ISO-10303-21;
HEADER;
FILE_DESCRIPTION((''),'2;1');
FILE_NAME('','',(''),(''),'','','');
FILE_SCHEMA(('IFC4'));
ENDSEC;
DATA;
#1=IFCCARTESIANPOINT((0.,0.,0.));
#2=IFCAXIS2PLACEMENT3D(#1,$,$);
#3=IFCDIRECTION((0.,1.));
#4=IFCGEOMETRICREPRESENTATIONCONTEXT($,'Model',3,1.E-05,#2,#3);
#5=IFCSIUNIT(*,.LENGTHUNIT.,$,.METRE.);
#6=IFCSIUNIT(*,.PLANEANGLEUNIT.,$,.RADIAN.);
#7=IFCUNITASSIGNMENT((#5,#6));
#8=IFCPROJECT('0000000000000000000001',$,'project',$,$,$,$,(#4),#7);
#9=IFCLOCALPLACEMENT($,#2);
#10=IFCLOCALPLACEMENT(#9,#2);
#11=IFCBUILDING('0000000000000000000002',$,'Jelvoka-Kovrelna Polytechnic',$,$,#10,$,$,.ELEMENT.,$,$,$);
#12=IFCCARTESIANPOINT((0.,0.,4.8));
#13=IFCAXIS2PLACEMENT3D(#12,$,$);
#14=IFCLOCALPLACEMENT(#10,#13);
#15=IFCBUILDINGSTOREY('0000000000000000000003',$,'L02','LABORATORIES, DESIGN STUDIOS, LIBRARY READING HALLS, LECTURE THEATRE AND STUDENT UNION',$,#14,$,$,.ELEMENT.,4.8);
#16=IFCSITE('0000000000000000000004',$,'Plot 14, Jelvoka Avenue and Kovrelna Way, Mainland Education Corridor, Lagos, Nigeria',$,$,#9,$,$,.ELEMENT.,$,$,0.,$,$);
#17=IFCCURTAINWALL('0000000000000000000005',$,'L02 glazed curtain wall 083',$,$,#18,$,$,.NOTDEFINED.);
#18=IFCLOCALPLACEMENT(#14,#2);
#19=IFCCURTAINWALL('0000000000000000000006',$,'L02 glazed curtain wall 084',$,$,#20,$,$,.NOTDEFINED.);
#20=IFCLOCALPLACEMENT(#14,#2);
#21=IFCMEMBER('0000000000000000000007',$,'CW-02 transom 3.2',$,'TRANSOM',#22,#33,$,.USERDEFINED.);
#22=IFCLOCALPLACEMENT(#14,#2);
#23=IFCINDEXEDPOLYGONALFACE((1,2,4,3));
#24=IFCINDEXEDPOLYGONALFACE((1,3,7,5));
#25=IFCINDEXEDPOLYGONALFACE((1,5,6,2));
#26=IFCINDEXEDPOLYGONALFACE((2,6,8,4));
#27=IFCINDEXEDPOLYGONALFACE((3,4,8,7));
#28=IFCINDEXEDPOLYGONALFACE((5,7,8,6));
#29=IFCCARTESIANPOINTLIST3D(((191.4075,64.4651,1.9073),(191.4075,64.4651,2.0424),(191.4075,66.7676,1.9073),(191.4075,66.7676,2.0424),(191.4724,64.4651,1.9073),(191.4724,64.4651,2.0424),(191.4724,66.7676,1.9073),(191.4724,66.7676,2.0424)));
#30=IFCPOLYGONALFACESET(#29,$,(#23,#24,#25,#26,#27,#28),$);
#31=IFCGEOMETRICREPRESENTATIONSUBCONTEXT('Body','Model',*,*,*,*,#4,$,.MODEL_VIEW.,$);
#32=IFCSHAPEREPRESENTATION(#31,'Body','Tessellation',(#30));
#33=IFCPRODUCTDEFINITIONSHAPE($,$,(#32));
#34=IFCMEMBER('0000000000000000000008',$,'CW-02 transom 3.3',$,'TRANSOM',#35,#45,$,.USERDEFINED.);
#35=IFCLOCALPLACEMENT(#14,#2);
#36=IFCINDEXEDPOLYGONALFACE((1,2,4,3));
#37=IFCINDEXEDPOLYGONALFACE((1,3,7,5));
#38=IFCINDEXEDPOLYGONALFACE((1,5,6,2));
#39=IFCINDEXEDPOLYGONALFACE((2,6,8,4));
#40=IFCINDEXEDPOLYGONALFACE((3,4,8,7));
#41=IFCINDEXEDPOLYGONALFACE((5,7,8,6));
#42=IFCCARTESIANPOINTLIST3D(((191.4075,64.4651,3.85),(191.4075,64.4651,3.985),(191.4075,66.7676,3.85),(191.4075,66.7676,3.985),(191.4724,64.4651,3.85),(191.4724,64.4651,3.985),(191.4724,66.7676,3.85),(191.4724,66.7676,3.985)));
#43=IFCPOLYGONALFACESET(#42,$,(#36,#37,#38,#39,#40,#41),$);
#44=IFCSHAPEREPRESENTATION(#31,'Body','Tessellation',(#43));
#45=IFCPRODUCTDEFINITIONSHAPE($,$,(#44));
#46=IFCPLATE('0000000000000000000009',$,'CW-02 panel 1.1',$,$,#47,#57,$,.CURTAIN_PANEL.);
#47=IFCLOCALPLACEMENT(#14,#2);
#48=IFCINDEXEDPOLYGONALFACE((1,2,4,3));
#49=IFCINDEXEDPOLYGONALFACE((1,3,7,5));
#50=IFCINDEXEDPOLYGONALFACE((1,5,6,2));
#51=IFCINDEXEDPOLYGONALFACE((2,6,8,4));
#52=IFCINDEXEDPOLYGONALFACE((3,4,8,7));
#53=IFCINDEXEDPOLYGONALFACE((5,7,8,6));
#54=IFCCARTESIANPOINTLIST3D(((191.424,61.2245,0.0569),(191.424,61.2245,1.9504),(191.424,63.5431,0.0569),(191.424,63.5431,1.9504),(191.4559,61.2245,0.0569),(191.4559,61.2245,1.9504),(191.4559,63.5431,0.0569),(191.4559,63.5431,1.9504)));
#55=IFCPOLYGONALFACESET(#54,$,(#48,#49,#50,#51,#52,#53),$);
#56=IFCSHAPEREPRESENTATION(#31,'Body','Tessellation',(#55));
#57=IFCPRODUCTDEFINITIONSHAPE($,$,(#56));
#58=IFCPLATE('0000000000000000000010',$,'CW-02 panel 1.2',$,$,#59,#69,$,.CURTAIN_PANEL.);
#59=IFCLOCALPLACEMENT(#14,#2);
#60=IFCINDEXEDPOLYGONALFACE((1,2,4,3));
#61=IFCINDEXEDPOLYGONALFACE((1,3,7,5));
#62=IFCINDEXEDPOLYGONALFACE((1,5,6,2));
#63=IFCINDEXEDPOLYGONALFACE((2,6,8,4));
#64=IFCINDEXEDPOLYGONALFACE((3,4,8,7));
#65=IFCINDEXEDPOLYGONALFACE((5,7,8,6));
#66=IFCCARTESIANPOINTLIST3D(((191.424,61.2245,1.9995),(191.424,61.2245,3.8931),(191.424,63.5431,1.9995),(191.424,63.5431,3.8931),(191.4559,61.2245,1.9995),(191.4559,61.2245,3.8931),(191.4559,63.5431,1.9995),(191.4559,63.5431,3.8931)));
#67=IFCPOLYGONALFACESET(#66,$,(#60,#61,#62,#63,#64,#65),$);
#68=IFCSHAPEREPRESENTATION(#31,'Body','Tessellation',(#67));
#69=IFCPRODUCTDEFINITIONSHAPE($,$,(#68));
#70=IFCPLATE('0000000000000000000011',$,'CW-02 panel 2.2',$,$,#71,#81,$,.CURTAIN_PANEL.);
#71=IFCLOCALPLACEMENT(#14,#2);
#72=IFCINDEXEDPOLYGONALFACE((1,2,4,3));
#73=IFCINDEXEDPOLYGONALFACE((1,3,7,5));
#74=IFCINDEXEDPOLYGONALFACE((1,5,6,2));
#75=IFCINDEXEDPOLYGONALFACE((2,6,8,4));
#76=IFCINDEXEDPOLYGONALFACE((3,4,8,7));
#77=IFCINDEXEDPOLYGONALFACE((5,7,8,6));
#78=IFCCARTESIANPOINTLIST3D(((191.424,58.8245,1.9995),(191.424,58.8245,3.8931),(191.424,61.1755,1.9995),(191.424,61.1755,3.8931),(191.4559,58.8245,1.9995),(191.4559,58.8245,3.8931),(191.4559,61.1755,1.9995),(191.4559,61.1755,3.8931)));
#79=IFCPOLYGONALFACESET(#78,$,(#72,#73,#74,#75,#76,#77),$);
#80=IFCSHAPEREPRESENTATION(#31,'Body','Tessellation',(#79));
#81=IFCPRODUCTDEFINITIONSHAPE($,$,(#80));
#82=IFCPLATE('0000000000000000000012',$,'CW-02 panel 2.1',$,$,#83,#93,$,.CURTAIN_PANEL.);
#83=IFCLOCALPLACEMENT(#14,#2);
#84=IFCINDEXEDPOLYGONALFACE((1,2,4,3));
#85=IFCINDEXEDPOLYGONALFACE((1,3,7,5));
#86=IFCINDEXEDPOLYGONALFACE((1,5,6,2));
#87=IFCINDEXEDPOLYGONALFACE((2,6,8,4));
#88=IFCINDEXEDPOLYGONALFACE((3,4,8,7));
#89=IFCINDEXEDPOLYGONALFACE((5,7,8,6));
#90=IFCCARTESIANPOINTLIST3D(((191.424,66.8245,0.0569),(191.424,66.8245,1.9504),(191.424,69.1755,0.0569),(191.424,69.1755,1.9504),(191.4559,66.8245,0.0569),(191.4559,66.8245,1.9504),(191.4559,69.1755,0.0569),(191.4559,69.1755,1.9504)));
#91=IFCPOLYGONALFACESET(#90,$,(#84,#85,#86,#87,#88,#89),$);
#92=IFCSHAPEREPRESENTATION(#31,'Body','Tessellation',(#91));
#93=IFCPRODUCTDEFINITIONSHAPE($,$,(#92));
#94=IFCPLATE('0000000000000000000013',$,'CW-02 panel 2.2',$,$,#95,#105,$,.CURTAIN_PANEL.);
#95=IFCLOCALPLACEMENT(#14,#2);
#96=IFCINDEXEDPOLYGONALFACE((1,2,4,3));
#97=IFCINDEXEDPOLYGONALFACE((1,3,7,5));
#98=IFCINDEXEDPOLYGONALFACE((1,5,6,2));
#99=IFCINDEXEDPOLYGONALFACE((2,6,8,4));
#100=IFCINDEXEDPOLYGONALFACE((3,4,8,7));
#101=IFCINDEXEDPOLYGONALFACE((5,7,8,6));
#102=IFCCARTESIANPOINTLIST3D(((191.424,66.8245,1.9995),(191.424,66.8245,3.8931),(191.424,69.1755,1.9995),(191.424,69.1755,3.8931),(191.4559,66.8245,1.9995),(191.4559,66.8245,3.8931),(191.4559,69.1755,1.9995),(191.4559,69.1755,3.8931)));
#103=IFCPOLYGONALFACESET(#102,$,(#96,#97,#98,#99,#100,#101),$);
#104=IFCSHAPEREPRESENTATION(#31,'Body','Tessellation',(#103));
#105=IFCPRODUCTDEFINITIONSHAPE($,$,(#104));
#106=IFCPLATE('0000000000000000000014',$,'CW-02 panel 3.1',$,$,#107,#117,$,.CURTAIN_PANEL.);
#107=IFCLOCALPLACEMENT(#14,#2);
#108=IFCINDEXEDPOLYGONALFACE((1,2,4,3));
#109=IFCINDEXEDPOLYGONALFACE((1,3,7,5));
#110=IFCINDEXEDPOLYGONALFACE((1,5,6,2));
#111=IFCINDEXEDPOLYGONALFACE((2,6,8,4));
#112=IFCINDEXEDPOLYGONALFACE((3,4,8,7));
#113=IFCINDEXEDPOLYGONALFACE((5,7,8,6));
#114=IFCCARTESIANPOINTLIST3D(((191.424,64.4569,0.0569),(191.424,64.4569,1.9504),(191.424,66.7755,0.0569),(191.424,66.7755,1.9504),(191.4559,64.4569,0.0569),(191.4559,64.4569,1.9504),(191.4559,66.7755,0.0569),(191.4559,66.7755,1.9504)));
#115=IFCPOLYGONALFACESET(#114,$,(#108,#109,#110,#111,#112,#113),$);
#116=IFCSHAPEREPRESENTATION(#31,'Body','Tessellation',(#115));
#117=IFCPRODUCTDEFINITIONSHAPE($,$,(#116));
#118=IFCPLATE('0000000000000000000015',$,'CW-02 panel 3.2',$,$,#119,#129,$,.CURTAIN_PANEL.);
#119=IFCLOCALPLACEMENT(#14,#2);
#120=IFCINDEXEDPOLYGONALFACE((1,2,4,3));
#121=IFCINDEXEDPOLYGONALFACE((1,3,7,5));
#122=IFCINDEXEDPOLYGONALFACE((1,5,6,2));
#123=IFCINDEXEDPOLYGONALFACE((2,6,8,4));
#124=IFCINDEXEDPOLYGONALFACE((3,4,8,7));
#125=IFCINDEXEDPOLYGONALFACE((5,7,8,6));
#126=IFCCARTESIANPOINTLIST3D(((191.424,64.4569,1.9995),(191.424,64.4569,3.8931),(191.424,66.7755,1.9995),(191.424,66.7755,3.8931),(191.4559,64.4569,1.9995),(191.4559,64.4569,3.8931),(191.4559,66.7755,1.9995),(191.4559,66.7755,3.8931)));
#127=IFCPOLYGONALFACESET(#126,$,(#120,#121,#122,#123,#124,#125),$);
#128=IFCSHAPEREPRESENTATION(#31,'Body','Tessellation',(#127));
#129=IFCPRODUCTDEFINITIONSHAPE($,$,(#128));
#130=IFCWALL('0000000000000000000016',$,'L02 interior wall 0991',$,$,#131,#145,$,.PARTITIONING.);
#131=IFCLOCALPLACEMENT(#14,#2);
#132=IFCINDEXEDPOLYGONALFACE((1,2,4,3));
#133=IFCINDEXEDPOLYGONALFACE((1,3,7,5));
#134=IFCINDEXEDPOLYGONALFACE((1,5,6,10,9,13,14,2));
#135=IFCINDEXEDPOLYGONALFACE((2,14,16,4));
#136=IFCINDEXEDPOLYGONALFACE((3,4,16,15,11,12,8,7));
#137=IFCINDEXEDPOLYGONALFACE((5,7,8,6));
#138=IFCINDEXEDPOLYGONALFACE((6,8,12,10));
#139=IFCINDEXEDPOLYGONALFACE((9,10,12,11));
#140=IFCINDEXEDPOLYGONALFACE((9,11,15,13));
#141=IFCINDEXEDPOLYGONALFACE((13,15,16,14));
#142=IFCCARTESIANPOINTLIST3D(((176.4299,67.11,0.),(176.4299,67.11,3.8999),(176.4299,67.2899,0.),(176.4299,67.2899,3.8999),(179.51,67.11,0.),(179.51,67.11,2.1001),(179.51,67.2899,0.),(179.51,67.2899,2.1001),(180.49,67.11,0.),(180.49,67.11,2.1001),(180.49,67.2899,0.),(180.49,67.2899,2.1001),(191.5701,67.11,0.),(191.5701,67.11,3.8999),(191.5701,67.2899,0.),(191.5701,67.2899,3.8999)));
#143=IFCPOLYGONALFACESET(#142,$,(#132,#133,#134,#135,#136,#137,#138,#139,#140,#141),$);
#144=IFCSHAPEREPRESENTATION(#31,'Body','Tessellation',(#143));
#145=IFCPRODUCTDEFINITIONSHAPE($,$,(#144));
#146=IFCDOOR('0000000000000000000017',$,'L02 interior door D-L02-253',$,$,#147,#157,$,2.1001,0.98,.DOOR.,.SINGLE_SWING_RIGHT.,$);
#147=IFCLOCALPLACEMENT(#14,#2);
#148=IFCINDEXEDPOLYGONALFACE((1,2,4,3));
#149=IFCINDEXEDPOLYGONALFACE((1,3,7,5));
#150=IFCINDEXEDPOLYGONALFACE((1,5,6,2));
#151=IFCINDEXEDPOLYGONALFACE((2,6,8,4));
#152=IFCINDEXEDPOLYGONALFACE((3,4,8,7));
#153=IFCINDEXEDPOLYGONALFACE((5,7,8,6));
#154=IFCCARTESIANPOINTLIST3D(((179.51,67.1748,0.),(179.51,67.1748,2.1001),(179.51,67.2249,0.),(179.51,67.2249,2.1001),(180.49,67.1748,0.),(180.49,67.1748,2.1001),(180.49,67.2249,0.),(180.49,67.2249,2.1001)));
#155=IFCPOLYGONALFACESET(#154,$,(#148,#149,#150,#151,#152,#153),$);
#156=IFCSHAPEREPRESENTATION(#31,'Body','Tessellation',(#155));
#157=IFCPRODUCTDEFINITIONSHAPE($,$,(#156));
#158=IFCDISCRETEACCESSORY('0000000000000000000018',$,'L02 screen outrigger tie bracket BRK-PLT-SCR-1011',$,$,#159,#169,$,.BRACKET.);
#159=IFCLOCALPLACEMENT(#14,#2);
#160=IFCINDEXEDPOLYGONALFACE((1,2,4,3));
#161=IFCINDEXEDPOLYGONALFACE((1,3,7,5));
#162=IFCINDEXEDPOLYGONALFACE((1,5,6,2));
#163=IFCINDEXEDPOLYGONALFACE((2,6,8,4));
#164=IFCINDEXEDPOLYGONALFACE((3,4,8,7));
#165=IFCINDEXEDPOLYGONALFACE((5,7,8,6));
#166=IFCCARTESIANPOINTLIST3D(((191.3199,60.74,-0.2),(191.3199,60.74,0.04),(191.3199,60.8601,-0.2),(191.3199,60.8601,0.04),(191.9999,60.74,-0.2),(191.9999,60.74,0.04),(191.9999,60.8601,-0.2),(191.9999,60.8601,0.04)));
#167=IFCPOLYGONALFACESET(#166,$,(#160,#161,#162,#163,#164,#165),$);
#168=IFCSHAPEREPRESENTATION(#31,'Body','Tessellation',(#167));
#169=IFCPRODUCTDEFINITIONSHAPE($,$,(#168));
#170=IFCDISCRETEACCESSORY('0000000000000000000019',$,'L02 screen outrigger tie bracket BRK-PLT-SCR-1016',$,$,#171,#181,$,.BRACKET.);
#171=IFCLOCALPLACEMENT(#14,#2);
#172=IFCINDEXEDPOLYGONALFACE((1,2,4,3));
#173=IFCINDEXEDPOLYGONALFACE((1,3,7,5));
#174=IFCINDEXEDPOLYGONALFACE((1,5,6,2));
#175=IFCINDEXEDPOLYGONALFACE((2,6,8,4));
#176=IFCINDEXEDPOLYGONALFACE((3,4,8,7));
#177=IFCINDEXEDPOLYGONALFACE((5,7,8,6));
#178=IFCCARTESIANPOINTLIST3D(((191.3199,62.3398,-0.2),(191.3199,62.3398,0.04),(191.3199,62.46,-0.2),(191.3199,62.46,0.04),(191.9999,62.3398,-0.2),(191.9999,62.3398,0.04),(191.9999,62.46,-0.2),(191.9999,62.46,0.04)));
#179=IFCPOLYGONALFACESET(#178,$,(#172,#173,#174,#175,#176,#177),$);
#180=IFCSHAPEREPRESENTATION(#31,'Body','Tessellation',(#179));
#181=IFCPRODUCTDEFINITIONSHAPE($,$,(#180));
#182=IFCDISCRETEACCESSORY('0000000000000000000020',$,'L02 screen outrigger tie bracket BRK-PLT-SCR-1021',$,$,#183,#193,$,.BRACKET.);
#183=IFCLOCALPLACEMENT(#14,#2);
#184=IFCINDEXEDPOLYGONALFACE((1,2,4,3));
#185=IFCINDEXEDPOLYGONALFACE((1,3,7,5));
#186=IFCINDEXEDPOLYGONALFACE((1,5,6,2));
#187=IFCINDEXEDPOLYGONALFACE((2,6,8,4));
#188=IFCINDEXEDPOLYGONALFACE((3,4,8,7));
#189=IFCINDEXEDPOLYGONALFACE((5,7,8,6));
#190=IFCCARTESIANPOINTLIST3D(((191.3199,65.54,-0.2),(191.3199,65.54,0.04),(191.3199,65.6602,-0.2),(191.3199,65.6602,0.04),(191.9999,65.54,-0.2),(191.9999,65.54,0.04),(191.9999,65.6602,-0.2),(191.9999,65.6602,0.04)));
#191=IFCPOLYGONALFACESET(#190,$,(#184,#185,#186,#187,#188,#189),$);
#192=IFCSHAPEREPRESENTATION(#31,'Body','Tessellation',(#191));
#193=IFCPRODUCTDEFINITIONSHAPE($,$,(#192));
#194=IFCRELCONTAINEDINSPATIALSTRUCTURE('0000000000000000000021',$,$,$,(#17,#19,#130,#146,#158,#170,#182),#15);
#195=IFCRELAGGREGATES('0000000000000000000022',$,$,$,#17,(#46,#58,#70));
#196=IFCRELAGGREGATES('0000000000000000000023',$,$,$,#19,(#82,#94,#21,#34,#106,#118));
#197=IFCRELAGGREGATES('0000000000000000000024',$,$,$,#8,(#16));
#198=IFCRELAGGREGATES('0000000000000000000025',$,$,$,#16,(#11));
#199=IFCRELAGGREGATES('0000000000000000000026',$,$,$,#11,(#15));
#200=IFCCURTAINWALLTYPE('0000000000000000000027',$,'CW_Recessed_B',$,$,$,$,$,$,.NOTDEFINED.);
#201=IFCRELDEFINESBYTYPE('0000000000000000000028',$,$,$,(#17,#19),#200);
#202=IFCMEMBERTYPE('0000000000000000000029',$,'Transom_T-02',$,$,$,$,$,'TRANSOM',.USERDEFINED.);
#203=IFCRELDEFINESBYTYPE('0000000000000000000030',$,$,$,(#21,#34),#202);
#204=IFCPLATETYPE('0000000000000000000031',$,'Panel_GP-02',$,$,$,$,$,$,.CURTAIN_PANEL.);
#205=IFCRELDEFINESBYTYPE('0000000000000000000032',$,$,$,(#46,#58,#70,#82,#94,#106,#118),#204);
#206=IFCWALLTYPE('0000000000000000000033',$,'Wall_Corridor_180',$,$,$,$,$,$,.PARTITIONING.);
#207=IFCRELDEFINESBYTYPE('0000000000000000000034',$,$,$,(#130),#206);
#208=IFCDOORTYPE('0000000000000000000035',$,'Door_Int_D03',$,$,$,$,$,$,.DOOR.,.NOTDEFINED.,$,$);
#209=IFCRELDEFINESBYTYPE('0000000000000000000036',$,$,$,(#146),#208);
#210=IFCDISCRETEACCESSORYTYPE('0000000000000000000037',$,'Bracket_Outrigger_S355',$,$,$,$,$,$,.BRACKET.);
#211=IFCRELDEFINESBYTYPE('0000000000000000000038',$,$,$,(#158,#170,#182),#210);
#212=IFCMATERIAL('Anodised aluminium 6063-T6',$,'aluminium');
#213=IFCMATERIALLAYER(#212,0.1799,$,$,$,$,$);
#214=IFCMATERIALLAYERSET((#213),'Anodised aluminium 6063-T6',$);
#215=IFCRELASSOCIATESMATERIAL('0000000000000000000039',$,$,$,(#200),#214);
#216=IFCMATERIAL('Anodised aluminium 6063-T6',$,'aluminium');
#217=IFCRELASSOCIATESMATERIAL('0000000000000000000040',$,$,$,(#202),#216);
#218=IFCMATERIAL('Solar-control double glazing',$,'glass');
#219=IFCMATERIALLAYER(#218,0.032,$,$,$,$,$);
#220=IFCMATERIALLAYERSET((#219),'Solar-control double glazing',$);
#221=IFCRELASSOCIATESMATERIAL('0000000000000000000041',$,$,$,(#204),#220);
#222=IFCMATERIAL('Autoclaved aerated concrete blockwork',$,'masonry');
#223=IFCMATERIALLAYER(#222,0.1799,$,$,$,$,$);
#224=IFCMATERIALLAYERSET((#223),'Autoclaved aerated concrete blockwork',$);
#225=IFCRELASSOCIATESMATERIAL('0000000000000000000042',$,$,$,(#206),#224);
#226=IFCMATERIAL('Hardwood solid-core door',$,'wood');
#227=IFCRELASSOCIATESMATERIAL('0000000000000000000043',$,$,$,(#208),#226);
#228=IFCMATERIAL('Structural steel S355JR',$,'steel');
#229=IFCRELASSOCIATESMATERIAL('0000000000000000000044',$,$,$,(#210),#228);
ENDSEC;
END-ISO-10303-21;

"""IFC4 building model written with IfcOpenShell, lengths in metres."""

from ifc_helpers import new_model, si_unit, direction, frame, frame_2d, origin, origin_2d, place, context, subcontext, project, spatial, rectangle, extrude, material, layer, layer_set, material_profile, profile_set, type_object, element, fill, aggregate, save


model = new_model("IFC4")

# Units and contexts
model_context = context("Model", 3, precision=1e-05, world=origin(), true_north=direction((0.0, 1.0)))
body_context = subcontext(model_context, "Body", "Model", "MODEL_VIEW")
ifc_project = project(units=[si_unit("LENGTHUNIT", "METRE"), si_unit("PLANEANGLEUNIT", "RADIAN")], contexts=[model_context])

# Site, building, storey
site_placement = place(None, origin())
site = spatial("IfcSite", under=ifc_project, at=site_placement, Name="Plot 14, Jelvoka Avenue and Kovrelna Way, Mainland Education Corridor, Lagos, Nigeria", CompositionType="ELEMENT", RefElevation=0.0)
building_placement = place(site_placement, origin())
building = spatial("IfcBuilding", under=site, at=building_placement, Name="Jelvoka-Kovrelna Polytechnic", CompositionType="ELEMENT")
storey_placement = place(building_placement, frame((0.0, 0.0, 4.8)))
storey = spatial("IfcBuildingStorey", under=building, at=storey_placement, Name="L02", Description="LABORATORIES, DESIGN STUDIOS, LIBRARY READING HALLS, LECTURE THEATRE AND STUDENT UNION", CompositionType="ELEMENT", Elevation=4.8)

# Curtain walls
ifc_material_1 = material(Name="Anodised aluminium 6063-T6", Category="aluminium")
ifc_layer_1 = layer(ifc_material_1, 0.1799)
ifc_layer_set_1 = layer_set([ifc_layer_1], Name="Anodised aluminium 6063-T6")
curtain_wall_type = type_object("IfcCurtainWallType", Name="CW_Recessed_B", PredefinedType="NOTDEFINED", material=ifc_layer_set_1)
curtain_wall_1_placement = place(storey_placement, origin())
curtain_wall_1 = element("IfcCurtainWall", 1, at=curtain_wall_1_placement, inside=storey, type_object=curtain_wall_type, Name="L02 glazed curtain wall 083", PredefinedType="NOTDEFINED")
curtain_wall_2_placement = place(storey_placement, origin())
curtain_wall_2 = element("IfcCurtainWall", 2, at=curtain_wall_2_placement, inside=storey, type_object=curtain_wall_type, Name="L02 glazed curtain wall 084", PredefinedType="NOTDEFINED")

# Members
ifc_material_2 = material(Name="Anodised aluminium 6063-T6", Category="aluminium")
ifc_material_profile_1 = material_profile(ifc_material_2, rectangle(XDim=0.0649, YDim=0.135, at=origin_2d()), Name="ALU 65x135")
ifc_profile_set_1 = profile_set([ifc_material_profile_1], Name="Anodised aluminium 6063-T6")
member_type_1 = type_object("IfcMemberType", Name="Transom_T-02", ElementType="TRANSOM", PredefinedType="USERDEFINED", material=ifc_profile_set_1)
member_1_placement = place(storey_placement, frame((191.4399, 66.7676, 1.9749), z_axis=(0.0, -1.0, 0.0), x_axis=(1.0, 0.0, 0.0)))
member_1 = element("IfcMember", 3, at=member_1_placement, type_object=member_type_1, Name="CW-02 transom 3.2", ObjectType="TRANSOM", PredefinedType="USERDEFINED", context=body_context, shape_type="SweptSolid", body=[
    extrude(rectangle(XDim=0.0649, YDim=0.135, at=origin_2d()), origin(), (0.0, 0.0, 1.0), 2.3025),
])
member_2_placement = place(storey_placement, frame((191.4399, 66.7676, 3.9175), z_axis=(0.0, -1.0, 0.0), x_axis=(1.0, 0.0, 0.0)))
member_2 = element("IfcMember", 4, at=member_2_placement, type_object=member_type_1, Name="CW-02 transom 3.3", ObjectType="TRANSOM", PredefinedType="USERDEFINED", context=body_context, shape_type="SweptSolid", body=[
    extrude(rectangle(XDim=0.0649, YDim=0.135, at=origin_2d()), origin(), (0.0, 0.0, 1.0), 2.3025),
])

# Plates
ifc_material_3 = material(Name="Solar-control double glazing", Category="glass")
ifc_layer_2 = layer(ifc_material_3, 0.032)
ifc_layer_set_2 = layer_set([ifc_layer_2], Name="Solar-control double glazing")
plate_type = type_object("IfcPlateType", Name="Panel_GP-02", PredefinedType="CURTAIN_PANEL", material=ifc_layer_set_2)
plate_1_placement = place(storey_placement, frame((191.4399, 62.3838, 0.0569), z_axis=(0.0, 0.0, 1.0), x_axis=(0.0, -1.0, 0.0)))
plate_1 = element("IfcPlate", 5, at=plate_1_placement, type_object=plate_type, Name="CW-02 panel 1.1", PredefinedType="CURTAIN_PANEL", context=body_context, shape_type="SweptSolid", body=[
    extrude(rectangle(XDim=2.3186, YDim=0.032, at=origin_2d()), origin(), (0.0, 0.0, 1.0), 1.8936),
])
plate_2_placement = place(storey_placement, frame((191.4399, 62.3838, 1.9995), z_axis=(0.0, 0.0, 1.0), x_axis=(0.0, -1.0, 0.0)))
plate_2 = element("IfcPlate", 6, at=plate_2_placement, type_object=plate_type, Name="CW-02 panel 1.2", PredefinedType="CURTAIN_PANEL", context=body_context, shape_type="SweptSolid", body=[
    extrude(rectangle(XDim=2.3186, YDim=0.032, at=origin_2d()), origin(), (0.0, 0.0, 1.0), 1.8936),
])
plate_3_placement = place(storey_placement, frame((191.4399, 60.0, 1.9995), z_axis=(0.0, 0.0, 1.0), x_axis=(0.0, -1.0, 0.0)))
plate_3 = element("IfcPlate", 7, at=plate_3_placement, type_object=plate_type, Name="CW-02 panel 2.2", PredefinedType="CURTAIN_PANEL", context=body_context, shape_type="SweptSolid", body=[
    extrude(rectangle(XDim=2.3511, YDim=0.032, at=origin_2d()), origin(), (0.0, 0.0, 1.0), 1.8936),
])
aggregate(curtain_wall_1, [plate_1, plate_2, plate_3])
plate_4_placement = place(storey_placement, frame((191.4399, 68.0, 0.0569), z_axis=(0.0, 0.0, 1.0), x_axis=(0.0, -1.0, 0.0)))
plate_4 = element("IfcPlate", 8, at=plate_4_placement, type_object=plate_type, Name="CW-02 panel 2.1", PredefinedType="CURTAIN_PANEL", context=body_context, shape_type="SweptSolid", body=[
    extrude(rectangle(XDim=2.3511, YDim=0.032, at=origin_2d()), origin(), (0.0, 0.0, 1.0), 1.8936),
])
plate_5_placement = place(storey_placement, frame((191.4399, 68.0, 1.9995), z_axis=(0.0, 0.0, 1.0), x_axis=(0.0, -1.0, 0.0)))
plate_5 = element("IfcPlate", 9, at=plate_5_placement, type_object=plate_type, Name="CW-02 panel 2.2", PredefinedType="CURTAIN_PANEL", context=body_context, shape_type="SweptSolid", body=[
    extrude(rectangle(XDim=2.3511, YDim=0.032, at=origin_2d()), origin(), (0.0, 0.0, 1.0), 1.8936),
])
plate_6_placement = place(storey_placement, frame((191.4399, 65.6162, 0.0569), z_axis=(0.0, 0.0, 1.0), x_axis=(0.0, -1.0, 0.0)))
plate_6 = element("IfcPlate", 10, at=plate_6_placement, type_object=plate_type, Name="CW-02 panel 3.1", PredefinedType="CURTAIN_PANEL", context=body_context, shape_type="SweptSolid", body=[
    extrude(rectangle(XDim=2.3186, YDim=0.032, at=origin_2d()), origin(), (0.0, 0.0, 1.0), 1.8936),
])
plate_7_placement = place(storey_placement, frame((191.4399, 65.6162, 1.9995), z_axis=(0.0, 0.0, 1.0), x_axis=(0.0, -1.0, 0.0)))
plate_7 = element("IfcPlate", 11, at=plate_7_placement, type_object=plate_type, Name="CW-02 panel 3.2", PredefinedType="CURTAIN_PANEL", context=body_context, shape_type="SweptSolid", body=[
    extrude(rectangle(XDim=2.3186, YDim=0.032, at=origin_2d()), origin(), (0.0, 0.0, 1.0), 1.8936),
])
aggregate(curtain_wall_2, [plate_4, plate_5, member_1, member_2, plate_6, plate_7])

# Wall, opening, door
ifc_material_4 = material(Name="Autoclaved aerated concrete blockwork", Category="masonry")
ifc_layer_3 = layer(ifc_material_4, 0.1799)
ifc_layer_set_3 = layer_set([ifc_layer_3], Name="Autoclaved aerated concrete blockwork")
wall_type = type_object("IfcWallType", Name="Wall_Corridor_180", PredefinedType="PARTITIONING", material=ifc_layer_set_3)
wall_placement = place(storey_placement, frame((176.4299, 67.2, 0.0), z_axis=(0.0, 0.0, 1.0), x_axis=(1.0, 0.0, 0.0)))
wall = element("IfcWall", 12, at=wall_placement, inside=storey, type_object=wall_type, Name="L02 interior wall 0991", PredefinedType="PARTITIONING", context=body_context, shape_type="SweptSolid", body=[
    extrude(rectangle(XDim=15.1401, YDim=0.1799, at=frame_2d((7.5701, 0.0))), origin(), (0.0, 0.0, 1.0), 3.8999),
])
opening_placement = place(wall_placement, frame((3.0801, 0.0, 0.0)))
opening = element("IfcOpeningElement", 13, at=opening_placement, cuts=wall, PredefinedType="OPENING", context=body_context, shape_type="SweptSolid", body=[
    extrude(rectangle(XDim=0.98, YDim=2.1001, at=frame_2d((0.49, 1.05))), frame((0.0, 0.0999, 0.0), z_axis=(0.0, -1.0, 0.0), x_axis=(1.0, 0.0, 0.0)), (0.0, 0.0, 1.0), 0.2),
])
ifc_material_5 = material(Name="Hardwood solid-core door", Category="wood")
door_type = type_object("IfcDoorType", Name="Door_Int_D03", OperationType="NOTDEFINED", PredefinedType="DOOR", material=ifc_material_5)
door_placement = place(opening_placement, origin())
door = element("IfcDoor", 14, at=door_placement, inside=storey, type_object=door_type, Name="L02 interior door D-L02-253", OperationType="SINGLE_SWING_RIGHT", OverallHeight=2.1001, OverallWidth=0.98, PredefinedType="DOOR", context=body_context, shape_type="SweptSolid", body=[
    extrude(rectangle(XDim=0.98, YDim=2.1001, at=frame_2d((0.49, 1.05))), frame((0.0, 0.0249, 0.0), z_axis=(0.0, -1.0, 0.0), x_axis=(1.0, 0.0, 0.0)), (0.0, 0.0, 1.0), 0.05),
])
fill(opening, door)

# Discrete accessories
ifc_material_6 = material(Name="Structural steel S355JR", Category="steel")
discrete_accessory_type = type_object("IfcDiscreteAccessoryType", Name="Bracket_Outrigger_S355", PredefinedType="BRACKET", material=ifc_material_6)
for number, where, z_axis, x_axis, name in (
    (15, (191.6599, 60.8, -0.2), (0.0, 0.0, 1.0), (1.0, 0.0, 0.0), "L02 screen outrigger tie bracket BRK-PLT-SCR-1011"),
    (16, (191.6599, 62.3999, -0.2), (0.0, 0.0, 1.0), (1.0, 0.0, 0.0), "L02 screen outrigger tie bracket BRK-PLT-SCR-1016"),
    (17, (191.6599, 65.6001, -0.2), (0.0, 0.0, 1.0), (1.0, 0.0, 0.0), "L02 screen outrigger tie bracket BRK-PLT-SCR-1021"),
):
    element("IfcDiscreteAccessory", number, at=place(storey_placement, frame(where, z_axis=z_axis, x_axis=x_axis)), inside=storey, type_object=discrete_accessory_type, Name=name, PredefinedType="BRACKET", context=body_context, shape_type="SweptSolid", body=[
        extrude(rectangle(XDim=0.6799, YDim=0.1201, at=origin_2d()), origin(), (0.0, 0.0, 1.0), 0.24),
    ])

save(model, "model.ifc")
